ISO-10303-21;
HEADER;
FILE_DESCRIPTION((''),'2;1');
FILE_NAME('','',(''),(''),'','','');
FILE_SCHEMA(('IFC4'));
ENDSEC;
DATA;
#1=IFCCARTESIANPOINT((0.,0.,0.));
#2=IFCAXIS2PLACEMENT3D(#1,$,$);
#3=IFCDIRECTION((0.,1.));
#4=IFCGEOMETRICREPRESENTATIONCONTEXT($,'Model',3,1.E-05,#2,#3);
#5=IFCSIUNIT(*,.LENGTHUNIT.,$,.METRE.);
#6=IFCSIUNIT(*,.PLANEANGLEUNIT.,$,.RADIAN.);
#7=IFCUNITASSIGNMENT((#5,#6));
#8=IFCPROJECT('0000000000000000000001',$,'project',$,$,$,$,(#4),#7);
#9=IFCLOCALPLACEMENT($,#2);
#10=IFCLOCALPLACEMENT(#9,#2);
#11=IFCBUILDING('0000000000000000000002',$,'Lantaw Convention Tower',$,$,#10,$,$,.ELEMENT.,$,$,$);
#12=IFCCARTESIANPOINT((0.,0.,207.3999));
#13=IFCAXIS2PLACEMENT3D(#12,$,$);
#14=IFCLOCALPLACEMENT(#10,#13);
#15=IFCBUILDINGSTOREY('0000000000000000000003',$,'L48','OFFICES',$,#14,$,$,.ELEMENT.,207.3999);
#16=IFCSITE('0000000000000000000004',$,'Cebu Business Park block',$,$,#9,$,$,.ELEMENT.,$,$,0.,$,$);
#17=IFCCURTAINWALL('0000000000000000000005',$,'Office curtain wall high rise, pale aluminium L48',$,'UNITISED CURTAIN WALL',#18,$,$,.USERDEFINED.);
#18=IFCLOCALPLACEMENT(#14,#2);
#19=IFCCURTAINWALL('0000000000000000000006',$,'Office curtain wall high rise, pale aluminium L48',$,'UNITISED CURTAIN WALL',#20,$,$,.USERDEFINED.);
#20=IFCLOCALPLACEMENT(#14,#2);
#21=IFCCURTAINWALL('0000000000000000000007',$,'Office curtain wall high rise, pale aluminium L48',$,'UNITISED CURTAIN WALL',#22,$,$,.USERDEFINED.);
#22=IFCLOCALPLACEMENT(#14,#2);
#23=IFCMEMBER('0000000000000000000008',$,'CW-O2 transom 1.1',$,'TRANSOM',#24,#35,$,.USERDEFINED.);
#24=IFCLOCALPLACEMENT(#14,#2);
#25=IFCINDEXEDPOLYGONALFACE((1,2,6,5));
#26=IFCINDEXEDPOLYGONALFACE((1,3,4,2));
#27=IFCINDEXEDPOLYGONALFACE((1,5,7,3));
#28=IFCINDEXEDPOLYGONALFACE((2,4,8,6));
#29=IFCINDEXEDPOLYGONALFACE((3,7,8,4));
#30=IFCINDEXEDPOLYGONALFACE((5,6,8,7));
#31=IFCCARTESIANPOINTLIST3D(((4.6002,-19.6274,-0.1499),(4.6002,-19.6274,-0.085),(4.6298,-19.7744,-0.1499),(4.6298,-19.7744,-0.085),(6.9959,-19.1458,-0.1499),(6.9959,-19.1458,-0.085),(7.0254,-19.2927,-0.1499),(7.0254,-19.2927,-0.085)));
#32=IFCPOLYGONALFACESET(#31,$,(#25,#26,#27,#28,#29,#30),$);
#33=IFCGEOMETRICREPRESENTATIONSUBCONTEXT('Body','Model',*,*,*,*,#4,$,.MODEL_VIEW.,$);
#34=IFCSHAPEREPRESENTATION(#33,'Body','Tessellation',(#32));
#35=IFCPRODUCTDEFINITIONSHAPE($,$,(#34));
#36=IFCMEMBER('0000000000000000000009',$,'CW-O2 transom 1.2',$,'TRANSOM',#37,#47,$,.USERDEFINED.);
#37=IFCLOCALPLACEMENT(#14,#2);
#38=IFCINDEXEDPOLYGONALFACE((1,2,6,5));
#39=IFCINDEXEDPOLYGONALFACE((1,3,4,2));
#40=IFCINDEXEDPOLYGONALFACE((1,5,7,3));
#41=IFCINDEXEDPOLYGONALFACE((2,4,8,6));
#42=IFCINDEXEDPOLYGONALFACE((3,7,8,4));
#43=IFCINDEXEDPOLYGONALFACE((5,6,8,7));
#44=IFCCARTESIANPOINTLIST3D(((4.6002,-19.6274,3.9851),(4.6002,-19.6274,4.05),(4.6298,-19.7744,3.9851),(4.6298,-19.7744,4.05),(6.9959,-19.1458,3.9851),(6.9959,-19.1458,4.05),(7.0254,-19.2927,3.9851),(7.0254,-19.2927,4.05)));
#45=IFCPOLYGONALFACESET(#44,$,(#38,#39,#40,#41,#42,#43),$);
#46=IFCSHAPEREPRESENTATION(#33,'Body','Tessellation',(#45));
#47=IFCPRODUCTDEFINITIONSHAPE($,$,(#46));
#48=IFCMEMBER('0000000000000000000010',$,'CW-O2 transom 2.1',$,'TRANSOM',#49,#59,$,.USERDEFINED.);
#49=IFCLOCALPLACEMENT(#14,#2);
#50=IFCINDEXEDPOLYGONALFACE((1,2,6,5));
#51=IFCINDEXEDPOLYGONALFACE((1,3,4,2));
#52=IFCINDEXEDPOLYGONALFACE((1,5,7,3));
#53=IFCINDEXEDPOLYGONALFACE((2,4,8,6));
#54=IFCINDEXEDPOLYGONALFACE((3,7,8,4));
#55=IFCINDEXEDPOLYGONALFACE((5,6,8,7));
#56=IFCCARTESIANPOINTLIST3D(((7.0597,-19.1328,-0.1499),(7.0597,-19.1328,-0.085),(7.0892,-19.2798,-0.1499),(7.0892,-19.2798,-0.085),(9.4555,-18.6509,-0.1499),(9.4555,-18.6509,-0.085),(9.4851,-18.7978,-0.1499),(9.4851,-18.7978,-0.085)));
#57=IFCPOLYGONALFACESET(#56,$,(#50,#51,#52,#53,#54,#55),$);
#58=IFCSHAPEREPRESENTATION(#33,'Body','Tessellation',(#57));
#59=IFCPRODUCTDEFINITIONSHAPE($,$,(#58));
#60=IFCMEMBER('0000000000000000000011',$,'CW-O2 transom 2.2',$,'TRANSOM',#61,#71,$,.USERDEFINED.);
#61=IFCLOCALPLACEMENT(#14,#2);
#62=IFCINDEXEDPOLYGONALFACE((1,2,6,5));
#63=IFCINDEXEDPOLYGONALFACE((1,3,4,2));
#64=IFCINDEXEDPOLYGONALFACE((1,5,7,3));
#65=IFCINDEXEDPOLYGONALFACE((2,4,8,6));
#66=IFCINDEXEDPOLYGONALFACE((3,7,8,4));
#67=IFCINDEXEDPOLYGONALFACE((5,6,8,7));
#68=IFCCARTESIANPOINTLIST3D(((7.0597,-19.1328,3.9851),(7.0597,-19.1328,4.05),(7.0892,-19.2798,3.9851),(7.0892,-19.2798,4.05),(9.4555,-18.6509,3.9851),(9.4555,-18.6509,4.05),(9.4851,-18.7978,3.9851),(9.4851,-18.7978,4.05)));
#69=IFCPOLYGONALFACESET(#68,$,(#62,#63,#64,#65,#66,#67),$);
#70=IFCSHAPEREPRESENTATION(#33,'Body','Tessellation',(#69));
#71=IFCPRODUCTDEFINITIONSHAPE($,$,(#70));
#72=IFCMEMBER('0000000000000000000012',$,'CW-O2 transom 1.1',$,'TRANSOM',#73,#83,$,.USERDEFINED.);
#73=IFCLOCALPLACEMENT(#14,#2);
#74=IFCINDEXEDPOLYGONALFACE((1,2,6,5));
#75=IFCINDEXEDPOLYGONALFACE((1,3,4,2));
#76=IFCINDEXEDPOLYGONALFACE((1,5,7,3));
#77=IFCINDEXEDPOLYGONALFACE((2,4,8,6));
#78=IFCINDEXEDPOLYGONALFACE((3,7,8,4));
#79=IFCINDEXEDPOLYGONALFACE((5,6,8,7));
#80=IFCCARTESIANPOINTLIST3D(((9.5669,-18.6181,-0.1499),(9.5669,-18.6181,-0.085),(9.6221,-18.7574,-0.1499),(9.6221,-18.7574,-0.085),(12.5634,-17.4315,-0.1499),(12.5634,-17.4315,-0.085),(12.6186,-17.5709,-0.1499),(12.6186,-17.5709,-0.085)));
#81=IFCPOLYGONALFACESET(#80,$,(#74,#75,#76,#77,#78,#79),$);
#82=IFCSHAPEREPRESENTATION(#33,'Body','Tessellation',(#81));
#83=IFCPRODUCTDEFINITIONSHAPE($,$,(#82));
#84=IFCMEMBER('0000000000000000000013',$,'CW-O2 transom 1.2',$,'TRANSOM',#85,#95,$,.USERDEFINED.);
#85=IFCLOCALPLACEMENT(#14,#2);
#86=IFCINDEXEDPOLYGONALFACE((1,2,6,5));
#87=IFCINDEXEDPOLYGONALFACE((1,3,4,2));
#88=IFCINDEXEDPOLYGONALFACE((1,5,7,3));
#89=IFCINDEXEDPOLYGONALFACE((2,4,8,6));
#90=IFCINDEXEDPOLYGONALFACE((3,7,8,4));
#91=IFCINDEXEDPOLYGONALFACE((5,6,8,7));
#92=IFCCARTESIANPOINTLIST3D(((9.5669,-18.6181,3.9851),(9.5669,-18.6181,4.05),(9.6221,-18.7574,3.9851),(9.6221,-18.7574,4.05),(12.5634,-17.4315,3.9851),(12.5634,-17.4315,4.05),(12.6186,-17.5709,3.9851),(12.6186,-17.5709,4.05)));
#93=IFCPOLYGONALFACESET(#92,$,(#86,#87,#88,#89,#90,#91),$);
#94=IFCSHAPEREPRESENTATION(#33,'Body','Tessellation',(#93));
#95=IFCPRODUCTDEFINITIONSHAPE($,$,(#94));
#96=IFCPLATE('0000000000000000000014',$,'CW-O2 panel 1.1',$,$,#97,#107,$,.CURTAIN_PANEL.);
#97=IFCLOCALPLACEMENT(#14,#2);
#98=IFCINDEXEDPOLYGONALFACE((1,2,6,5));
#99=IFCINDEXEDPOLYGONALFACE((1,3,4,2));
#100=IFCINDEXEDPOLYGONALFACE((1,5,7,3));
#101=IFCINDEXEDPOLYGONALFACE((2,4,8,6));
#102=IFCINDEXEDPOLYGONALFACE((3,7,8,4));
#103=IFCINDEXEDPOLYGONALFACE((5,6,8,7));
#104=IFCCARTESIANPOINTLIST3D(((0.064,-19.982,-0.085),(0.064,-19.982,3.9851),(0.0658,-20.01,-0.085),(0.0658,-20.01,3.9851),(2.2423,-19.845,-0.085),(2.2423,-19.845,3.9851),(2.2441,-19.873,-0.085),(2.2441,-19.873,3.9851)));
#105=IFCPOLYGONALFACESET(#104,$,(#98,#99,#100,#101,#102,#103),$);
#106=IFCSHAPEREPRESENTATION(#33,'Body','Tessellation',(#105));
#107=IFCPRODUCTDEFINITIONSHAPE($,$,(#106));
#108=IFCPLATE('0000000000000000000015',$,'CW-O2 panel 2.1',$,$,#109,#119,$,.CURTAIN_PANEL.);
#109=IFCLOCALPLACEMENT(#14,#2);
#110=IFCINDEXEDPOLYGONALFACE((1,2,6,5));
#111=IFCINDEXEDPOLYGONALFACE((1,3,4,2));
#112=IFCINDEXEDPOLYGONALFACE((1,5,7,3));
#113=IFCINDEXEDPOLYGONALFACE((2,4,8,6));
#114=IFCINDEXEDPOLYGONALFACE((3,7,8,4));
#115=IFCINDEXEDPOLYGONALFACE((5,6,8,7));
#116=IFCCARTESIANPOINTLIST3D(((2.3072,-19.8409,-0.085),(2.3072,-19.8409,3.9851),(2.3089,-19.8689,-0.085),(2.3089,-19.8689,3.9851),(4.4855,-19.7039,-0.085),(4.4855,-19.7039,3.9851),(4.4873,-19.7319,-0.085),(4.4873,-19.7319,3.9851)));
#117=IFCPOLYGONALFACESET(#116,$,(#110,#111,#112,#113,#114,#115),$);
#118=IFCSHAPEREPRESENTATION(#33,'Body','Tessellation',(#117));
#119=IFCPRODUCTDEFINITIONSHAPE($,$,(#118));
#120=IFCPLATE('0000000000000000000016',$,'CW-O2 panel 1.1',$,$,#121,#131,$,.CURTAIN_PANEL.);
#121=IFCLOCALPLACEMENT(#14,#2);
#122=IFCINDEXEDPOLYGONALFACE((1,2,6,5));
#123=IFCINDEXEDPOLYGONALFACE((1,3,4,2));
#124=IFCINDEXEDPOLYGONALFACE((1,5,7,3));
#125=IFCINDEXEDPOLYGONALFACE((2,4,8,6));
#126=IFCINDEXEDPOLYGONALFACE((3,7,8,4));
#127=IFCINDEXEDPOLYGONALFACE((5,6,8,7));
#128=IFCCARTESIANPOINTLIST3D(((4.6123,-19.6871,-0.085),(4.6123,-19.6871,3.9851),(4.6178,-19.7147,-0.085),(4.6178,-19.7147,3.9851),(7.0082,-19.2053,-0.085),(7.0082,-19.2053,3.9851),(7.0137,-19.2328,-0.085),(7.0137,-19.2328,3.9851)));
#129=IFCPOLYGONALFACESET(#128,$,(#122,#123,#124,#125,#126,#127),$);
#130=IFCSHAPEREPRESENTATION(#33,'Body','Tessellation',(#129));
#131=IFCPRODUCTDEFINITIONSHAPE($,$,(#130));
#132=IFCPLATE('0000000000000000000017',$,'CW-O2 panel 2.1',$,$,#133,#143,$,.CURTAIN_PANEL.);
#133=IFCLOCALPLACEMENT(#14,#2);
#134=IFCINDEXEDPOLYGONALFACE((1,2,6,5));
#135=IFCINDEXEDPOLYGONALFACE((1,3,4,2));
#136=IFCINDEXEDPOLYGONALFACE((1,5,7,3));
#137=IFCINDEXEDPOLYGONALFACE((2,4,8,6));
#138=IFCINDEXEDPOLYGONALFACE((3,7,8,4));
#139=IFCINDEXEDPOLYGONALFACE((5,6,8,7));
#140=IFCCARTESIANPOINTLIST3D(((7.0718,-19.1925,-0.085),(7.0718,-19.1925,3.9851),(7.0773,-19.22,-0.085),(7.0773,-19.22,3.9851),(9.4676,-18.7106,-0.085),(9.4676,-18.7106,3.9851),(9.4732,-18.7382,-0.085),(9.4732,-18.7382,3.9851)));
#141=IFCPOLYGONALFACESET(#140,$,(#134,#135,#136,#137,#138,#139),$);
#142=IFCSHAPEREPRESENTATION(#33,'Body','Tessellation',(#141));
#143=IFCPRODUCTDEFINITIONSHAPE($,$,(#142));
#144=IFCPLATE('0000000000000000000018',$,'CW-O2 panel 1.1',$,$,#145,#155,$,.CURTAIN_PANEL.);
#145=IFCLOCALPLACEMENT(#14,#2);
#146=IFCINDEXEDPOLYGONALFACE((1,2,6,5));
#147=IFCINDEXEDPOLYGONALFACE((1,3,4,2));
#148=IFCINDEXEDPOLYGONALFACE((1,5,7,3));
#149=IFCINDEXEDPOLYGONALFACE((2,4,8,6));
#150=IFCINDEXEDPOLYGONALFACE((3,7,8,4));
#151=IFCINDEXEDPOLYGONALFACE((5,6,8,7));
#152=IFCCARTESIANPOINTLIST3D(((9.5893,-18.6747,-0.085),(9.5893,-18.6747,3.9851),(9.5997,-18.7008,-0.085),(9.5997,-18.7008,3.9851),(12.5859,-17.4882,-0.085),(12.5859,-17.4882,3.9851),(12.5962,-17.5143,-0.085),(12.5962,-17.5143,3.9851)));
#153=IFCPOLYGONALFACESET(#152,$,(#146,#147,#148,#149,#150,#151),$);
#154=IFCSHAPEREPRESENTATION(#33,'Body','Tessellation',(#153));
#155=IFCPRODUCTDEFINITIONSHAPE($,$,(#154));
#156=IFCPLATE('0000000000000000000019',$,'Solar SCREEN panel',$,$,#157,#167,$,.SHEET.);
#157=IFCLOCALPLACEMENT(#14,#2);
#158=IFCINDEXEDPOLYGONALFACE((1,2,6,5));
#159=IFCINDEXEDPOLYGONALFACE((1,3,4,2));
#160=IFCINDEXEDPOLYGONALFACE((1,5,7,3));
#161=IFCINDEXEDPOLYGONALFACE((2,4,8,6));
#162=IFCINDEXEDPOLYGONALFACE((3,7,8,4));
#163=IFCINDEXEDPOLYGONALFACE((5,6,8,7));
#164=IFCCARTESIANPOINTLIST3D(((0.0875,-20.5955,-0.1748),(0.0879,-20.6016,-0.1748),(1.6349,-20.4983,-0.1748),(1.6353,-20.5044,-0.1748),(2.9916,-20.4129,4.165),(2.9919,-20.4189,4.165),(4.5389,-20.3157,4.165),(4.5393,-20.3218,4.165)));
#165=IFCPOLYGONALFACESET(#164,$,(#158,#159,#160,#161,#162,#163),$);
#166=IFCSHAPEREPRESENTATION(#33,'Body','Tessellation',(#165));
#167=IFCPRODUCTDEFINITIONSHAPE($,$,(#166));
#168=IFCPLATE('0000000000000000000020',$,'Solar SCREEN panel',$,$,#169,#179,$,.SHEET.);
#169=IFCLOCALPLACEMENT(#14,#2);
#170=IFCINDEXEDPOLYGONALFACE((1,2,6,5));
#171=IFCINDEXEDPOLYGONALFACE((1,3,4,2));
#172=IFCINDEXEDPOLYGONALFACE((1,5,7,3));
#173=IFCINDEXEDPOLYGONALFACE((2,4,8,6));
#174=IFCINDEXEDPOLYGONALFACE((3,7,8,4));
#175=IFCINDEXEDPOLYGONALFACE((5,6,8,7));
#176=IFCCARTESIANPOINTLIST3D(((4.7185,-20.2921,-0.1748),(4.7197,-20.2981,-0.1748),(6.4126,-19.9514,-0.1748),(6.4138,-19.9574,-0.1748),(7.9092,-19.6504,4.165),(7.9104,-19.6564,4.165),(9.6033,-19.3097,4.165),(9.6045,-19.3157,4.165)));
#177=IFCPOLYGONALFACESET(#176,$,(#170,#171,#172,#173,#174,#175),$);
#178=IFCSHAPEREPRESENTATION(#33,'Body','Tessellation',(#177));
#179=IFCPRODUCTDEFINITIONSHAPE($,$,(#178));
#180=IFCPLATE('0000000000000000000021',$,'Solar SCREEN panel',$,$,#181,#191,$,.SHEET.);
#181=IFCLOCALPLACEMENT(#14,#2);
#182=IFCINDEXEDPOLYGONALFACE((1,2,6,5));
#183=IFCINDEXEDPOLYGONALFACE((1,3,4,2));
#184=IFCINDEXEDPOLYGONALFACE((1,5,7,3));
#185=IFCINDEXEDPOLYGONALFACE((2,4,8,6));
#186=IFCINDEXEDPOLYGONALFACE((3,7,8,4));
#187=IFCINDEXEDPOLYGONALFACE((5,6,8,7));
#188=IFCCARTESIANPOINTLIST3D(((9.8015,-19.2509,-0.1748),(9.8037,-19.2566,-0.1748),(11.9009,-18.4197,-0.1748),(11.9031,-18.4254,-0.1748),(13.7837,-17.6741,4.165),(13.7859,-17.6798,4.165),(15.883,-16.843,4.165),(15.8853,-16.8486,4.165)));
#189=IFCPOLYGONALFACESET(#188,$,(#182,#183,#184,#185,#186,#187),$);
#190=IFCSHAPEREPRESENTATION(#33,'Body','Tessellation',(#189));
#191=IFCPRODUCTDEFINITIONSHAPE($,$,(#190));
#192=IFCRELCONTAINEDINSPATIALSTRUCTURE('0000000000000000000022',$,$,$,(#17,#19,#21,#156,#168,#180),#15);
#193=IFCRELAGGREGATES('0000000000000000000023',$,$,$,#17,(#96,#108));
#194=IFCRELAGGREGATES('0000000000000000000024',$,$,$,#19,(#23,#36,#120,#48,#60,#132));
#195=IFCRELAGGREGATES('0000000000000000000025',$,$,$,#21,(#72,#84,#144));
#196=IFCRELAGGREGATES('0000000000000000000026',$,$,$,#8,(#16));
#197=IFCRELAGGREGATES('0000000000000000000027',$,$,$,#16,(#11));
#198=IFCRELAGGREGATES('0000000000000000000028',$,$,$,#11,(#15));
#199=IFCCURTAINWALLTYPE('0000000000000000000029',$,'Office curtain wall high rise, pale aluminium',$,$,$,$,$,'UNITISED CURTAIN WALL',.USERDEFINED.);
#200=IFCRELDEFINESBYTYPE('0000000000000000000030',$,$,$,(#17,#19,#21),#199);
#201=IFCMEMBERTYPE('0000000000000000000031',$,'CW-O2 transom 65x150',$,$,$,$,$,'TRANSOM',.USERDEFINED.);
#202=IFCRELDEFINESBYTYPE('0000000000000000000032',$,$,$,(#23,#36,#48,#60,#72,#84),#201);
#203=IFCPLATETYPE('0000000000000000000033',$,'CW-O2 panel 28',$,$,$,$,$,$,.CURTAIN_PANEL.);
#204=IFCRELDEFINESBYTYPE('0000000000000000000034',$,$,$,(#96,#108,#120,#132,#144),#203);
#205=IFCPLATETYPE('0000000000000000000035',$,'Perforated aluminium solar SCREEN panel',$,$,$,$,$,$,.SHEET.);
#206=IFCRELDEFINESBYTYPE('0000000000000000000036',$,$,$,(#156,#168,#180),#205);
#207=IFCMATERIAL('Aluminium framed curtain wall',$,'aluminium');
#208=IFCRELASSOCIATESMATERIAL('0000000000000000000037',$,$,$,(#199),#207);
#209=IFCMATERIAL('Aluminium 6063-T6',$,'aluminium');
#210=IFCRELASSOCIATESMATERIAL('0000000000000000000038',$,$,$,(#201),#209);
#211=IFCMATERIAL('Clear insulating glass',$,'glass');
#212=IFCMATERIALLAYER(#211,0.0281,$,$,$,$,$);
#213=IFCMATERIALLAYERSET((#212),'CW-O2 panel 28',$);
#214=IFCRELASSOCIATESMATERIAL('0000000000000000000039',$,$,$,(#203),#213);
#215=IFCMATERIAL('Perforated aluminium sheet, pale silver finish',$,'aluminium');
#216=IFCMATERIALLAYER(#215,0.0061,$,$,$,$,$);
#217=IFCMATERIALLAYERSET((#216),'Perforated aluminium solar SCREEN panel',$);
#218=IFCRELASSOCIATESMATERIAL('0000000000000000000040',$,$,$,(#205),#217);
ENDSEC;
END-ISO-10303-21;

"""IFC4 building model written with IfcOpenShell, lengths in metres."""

from ifc_helpers import new_model, si_unit, direction, frame, origin, origin_2d, place, context, subcontext, project, spatial, polyline, rectangle, outline, extrude, material, layer, layer_set, material_profile, profile_set, type_object, element, aggregate, save


model = new_model("IFC4")

# Units and contexts
model_context = context("Model", 3, precision=1e-05, world=origin(), true_north=direction((0.0, 1.0)))
body_context = subcontext(model_context, "Body", "Model", "MODEL_VIEW")
ifc_project = project(units=[si_unit("LENGTHUNIT", "METRE"), si_unit("PLANEANGLEUNIT", "RADIAN")], contexts=[model_context])

# Site, building, storey
site_placement = place(None, origin())
site = spatial("IfcSite", under=ifc_project, at=site_placement, Name="Cebu Business Park block", CompositionType="ELEMENT", RefElevation=0.0)
building_placement = place(site_placement, origin())
building = spatial("IfcBuilding", under=site, at=building_placement, Name="Lantaw Convention Tower", CompositionType="ELEMENT")
storey_placement = place(building_placement, frame((0.0, 0.0, 207.3999)))
storey = spatial("IfcBuildingStorey", under=building, at=storey_placement, Name="L48", Description="OFFICES", CompositionType="ELEMENT", Elevation=207.3999)

# Curtain walls
ifc_material_1 = material(Name="Aluminium framed curtain wall", Category="aluminium")
curtain_wall_type = type_object("IfcCurtainWallType", Name="Office curtain wall high rise, pale aluminium", ElementType="UNITISED CURTAIN WALL", PredefinedType="USERDEFINED", material=ifc_material_1)
curtain_wall_1_placement = place(storey_placement, origin())
curtain_wall_1 = element("IfcCurtainWall", 1, at=curtain_wall_1_placement, inside=storey, type_object=curtain_wall_type, Name="Office curtain wall high rise, pale aluminium L48", ObjectType="UNITISED CURTAIN WALL", PredefinedType="USERDEFINED")
ifc_material_2 = material(Name="Aluminium 6063-T6", Category="aluminium")
curtain_wall_2_placement = place(storey_placement, origin())
curtain_wall_2 = element("IfcCurtainWall", 2, at=curtain_wall_2_placement, inside=storey, type_object=curtain_wall_type, Name="Office curtain wall high rise, pale aluminium L48", ObjectType="UNITISED CURTAIN WALL", PredefinedType="USERDEFINED")

# Curtain wall
curtain_wall_3_placement = place(storey_placement, origin())
curtain_wall_3 = element("IfcCurtainWall", 3, at=curtain_wall_3_placement, inside=storey, type_object=curtain_wall_type, Name="Office curtain wall high rise, pale aluminium L48", ObjectType="UNITISED CURTAIN WALL", PredefinedType="USERDEFINED")

# Members
ifc_material_profile_1 = material_profile(ifc_material_2, rectangle(XDim=0.1499, YDim=0.0649, at=origin_2d()), Name="CW-O2 transom 65x150")
ifc_profile_set_1 = profile_set([ifc_material_profile_1], Name="Aluminium 6063-T6")
member_type_1 = type_object("IfcMemberType", Name="CW-O2 transom 65x150", ElementType="TRANSOM", PredefinedType="USERDEFINED", material=ifc_profile_set_1)
member_1_placement = place(storey_placement, frame((4.615, -19.7009, -0.1174), z_axis=(0.98038, 0.197115, 0.0), x_axis=(-0.197115, 0.98038, 0.0)))
member_1 = element("IfcMember", 4, at=member_1_placement, type_object=member_type_1, Name="CW-O2 transom 1.1", ObjectType="TRANSOM", PredefinedType="USERDEFINED", context=body_context, shape_type="SweptSolid", body=[
    extrude(rectangle(XDim=0.1499, YDim=0.0649, at=origin_2d()), origin(), (0.0, 0.0, 1.0), 2.4436),
])
member_2_placement = place(storey_placement, frame((4.615, -19.7009, 4.0176), z_axis=(0.98038, 0.197115, 0.0), x_axis=(-0.197115, 0.98038, 0.0)))
member_2 = element("IfcMember", 5, at=member_2_placement, type_object=member_type_1, Name="CW-O2 transom 1.2", ObjectType="TRANSOM", PredefinedType="USERDEFINED", context=body_context, shape_type="SweptSolid", body=[
    extrude(rectangle(XDim=0.1499, YDim=0.0649, at=origin_2d()), origin(), (0.0, 0.0, 1.0), 2.4436),
])
member_3_placement = place(storey_placement, frame((7.0745, -19.2063, -0.1174), z_axis=(0.980361, 0.197211, 0.0), x_axis=(-0.197211, 0.980361, 0.0)))
member_3 = element("IfcMember", 6, at=member_3_placement, type_object=member_type_1, Name="CW-O2 transom 2.1", ObjectType="TRANSOM", PredefinedType="USERDEFINED", context=body_context, shape_type="SweptSolid", body=[
    extrude(rectangle(XDim=0.1499, YDim=0.0649, at=origin_2d()), origin(), (0.0, 0.0, 1.0), 2.4438),
])
member_4_placement = place(storey_placement, frame((7.0745, -19.2063, 4.0176), z_axis=(0.980361, 0.197211, 0.0), x_axis=(-0.197211, 0.980361, 0.0)))
member_4 = element("IfcMember", 7, at=member_4_placement, type_object=member_type_1, Name="CW-O2 transom 2.2", ObjectType="TRANSOM", PredefinedType="USERDEFINED", context=body_context, shape_type="SweptSolid", body=[
    extrude(rectangle(XDim=0.1499, YDim=0.0649, at=origin_2d()), origin(), (0.0, 0.0, 1.0), 2.4438),
])
member_5_placement = place(storey_placement, frame((9.5945, -18.6877, -0.1174), z_axis=(0.929767, 0.368149, 0.0), x_axis=(-0.368149, 0.929767, 0.0)))
member_5 = element("IfcMember", 8, at=member_5_placement, type_object=member_type_1, Name="CW-O2 transom 1.1", ObjectType="TRANSOM", PredefinedType="USERDEFINED", context=body_context, shape_type="SweptSolid", body=[
    extrude(rectangle(XDim=0.1499, YDim=0.0649, at=origin_2d()), origin(), (0.0, 0.0, 1.0), 3.2229),
])
member_6_placement = place(storey_placement, frame((9.5945, -18.6877, 4.0176), z_axis=(0.929767, 0.368149, 0.0), x_axis=(-0.368149, 0.929767, 0.0)))
member_6 = element("IfcMember", 9, at=member_6_placement, type_object=member_type_1, Name="CW-O2 transom 1.2", ObjectType="TRANSOM", PredefinedType="USERDEFINED", context=body_context, shape_type="SweptSolid", body=[
    extrude(rectangle(XDim=0.1499, YDim=0.0649, at=origin_2d()), origin(), (0.0, 0.0, 1.0), 3.2229),
])

# Plates
ifc_material_3 = material(Name="Clear insulating glass", Category="glass")
ifc_layer_1 = layer(ifc_material_3, 0.0281)
ifc_layer_set_1 = layer_set([ifc_layer_1], Name="CW-O2 panel 28")
plate_type_1 = type_object("IfcPlateType", Name="CW-O2 panel 28", PredefinedType="CURTAIN_PANEL", material=ifc_layer_set_1)
plate_1_placement = place(storey_placement, frame((1.1541, -19.9275, -0.085), z_axis=(0.0, 0.0, 1.0), x_axis=(0.998029, 0.062758, 0.0)))
plate_1 = element("IfcPlate", 10, at=plate_1_placement, type_object=plate_type_1, Name="CW-O2 panel 1.1", PredefinedType="CURTAIN_PANEL", context=body_context, shape_type="SweptSolid", body=[
    extrude(rectangle(XDim=2.1826, YDim=0.0281, at=origin_2d()), origin(), (0.0, 0.0, 1.0), 4.0701),
])
plate_2_placement = place(storey_placement, frame((3.3972, -19.7864, -0.085), z_axis=(0.0, 0.0, 1.0), x_axis=(0.998029, 0.062758, 0.0)))
plate_2 = element("IfcPlate", 11, at=plate_2_placement, type_object=plate_type_1, Name="CW-O2 panel 2.1", PredefinedType="CURTAIN_PANEL", context=body_context, shape_type="SweptSolid", body=[
    extrude(rectangle(XDim=2.1826, YDim=0.0281, at=origin_2d()), origin(), (0.0, 0.0, 1.0), 4.0701),
])
aggregate(curtain_wall_1, [plate_1, plate_2])
plate_3_placement = place(storey_placement, frame((5.813, -19.46, -0.085), z_axis=(0.0, 0.0, 1.0), x_axis=(0.980367, 0.197183, 0.0)))
plate_3 = element("IfcPlate", 12, at=plate_3_placement, type_object=plate_type_1, Name="CW-O2 panel 1.1", PredefinedType="CURTAIN_PANEL", context=body_context, shape_type="SweptSolid", body=[
    extrude(rectangle(XDim=2.4438, YDim=0.0281, at=origin_2d()), origin(), (0.0, 0.0, 1.0), 4.0701),
])
plate_4_placement = place(storey_placement, frame((8.2725, -18.9653, -0.085), z_axis=(0.0, 0.0, 1.0), x_axis=(0.980367, 0.197183, 0.0)))
plate_4 = element("IfcPlate", 13, at=plate_4_placement, type_object=plate_type_1, Name="CW-O2 panel 2.1", PredefinedType="CURTAIN_PANEL", context=body_context, shape_type="SweptSolid", body=[
    extrude(rectangle(XDim=2.4438, YDim=0.0281, at=origin_2d()), origin(), (0.0, 0.0, 1.0), 4.0701),
])
aggregate(curtain_wall_2, [member_1, member_2, plate_3, member_3, member_4, plate_4])
plate_5_placement = place(storey_placement, frame((11.0928, -18.0945, -0.085), z_axis=(0.0, 0.0, 1.0), x_axis=(0.929762, 0.368162, 0.0)))
plate_5 = element("IfcPlate", 14, at=plate_5_placement, type_object=plate_type_1, Name="CW-O2 panel 1.1", PredefinedType="CURTAIN_PANEL", context=body_context, shape_type="SweptSolid", body=[
    extrude(rectangle(XDim=3.2229, YDim=0.0281, at=origin_2d()), origin(), (0.0, 0.0, 1.0), 4.0701),
])
aggregate(curtain_wall_3, [member_5, member_6, plate_5])

# Plates
ifc_material_4 = material(Name="Perforated aluminium sheet, pale silver finish", Category="aluminium")
ifc_layer_2 = layer(ifc_material_4, 0.0061)
ifc_layer_set_2 = layer_set([ifc_layer_2], Name="Perforated aluminium solar SCREEN panel")
plate_type_2 = type_object("IfcPlateType", Name="Perforated aluminium solar SCREEN panel", PredefinedType="SHEET", material=ifc_layer_set_2)
plate_6_placement = place(storey_placement, frame((0.0879, -20.6016, -0.1748), z_axis=(0.062672, -0.998034, 0.000059), x_axis=(0.998034, 0.062672, 0.0)))
element("IfcPlate", 15, at=plate_6_placement, inside=storey, type_object=plate_type_2, Name="Solar SCREEN panel", PredefinedType="SHEET", context=body_context, shape_type="SweptSolid", body=[
    extrude(outline(polyline([(0.0, 0.0), (1.5504, 0.0), (4.4602, 4.3398), (2.9098, 4.3398), (0.0, 0.0)])), origin(), (0.0, 0.0, -1.0), 0.0061),
])
plate_7_placement = place(storey_placement, frame((4.7197, -20.2981, -0.1748), z_axis=(0.197162, -0.980371, 0.000011), x_axis=(0.980371, 0.197162, 0.0)))
element("IfcPlate", 16, at=plate_7_placement, inside=storey, type_object=plate_type_2, Name="Solar SCREEN panel", PredefinedType="SHEET", context=body_context, shape_type="SweptSolid", body=[
    extrude(outline(polyline([(0.0, 0.0), (1.728, 0.0), (4.9826, 4.3398), (3.2546, 4.3398), (0.0, 0.0)])), origin(), (0.0, 0.0, -1.0), 0.0061),
])
plate_8_placement = place(storey_placement, frame((9.8037, -19.2566, -0.1748), z_axis=(0.368117, -0.92978, 0.000036), x_axis=(0.92978, 0.368117, 0.0)))
element("IfcPlate", 17, at=plate_8_placement, inside=storey, type_object=plate_type_2, Name="Solar SCREEN panel", PredefinedType="SHEET", context=body_context, shape_type="SweptSolid", body=[
    extrude(outline(polyline([(0.0, 0.0), (2.258, 0.0), (6.5409, 4.3398), (4.283, 4.3398), (0.0, 0.0)])), origin(), (0.0, 0.0, -1.0), 0.0061),
])

save(model, "model.ifc")
